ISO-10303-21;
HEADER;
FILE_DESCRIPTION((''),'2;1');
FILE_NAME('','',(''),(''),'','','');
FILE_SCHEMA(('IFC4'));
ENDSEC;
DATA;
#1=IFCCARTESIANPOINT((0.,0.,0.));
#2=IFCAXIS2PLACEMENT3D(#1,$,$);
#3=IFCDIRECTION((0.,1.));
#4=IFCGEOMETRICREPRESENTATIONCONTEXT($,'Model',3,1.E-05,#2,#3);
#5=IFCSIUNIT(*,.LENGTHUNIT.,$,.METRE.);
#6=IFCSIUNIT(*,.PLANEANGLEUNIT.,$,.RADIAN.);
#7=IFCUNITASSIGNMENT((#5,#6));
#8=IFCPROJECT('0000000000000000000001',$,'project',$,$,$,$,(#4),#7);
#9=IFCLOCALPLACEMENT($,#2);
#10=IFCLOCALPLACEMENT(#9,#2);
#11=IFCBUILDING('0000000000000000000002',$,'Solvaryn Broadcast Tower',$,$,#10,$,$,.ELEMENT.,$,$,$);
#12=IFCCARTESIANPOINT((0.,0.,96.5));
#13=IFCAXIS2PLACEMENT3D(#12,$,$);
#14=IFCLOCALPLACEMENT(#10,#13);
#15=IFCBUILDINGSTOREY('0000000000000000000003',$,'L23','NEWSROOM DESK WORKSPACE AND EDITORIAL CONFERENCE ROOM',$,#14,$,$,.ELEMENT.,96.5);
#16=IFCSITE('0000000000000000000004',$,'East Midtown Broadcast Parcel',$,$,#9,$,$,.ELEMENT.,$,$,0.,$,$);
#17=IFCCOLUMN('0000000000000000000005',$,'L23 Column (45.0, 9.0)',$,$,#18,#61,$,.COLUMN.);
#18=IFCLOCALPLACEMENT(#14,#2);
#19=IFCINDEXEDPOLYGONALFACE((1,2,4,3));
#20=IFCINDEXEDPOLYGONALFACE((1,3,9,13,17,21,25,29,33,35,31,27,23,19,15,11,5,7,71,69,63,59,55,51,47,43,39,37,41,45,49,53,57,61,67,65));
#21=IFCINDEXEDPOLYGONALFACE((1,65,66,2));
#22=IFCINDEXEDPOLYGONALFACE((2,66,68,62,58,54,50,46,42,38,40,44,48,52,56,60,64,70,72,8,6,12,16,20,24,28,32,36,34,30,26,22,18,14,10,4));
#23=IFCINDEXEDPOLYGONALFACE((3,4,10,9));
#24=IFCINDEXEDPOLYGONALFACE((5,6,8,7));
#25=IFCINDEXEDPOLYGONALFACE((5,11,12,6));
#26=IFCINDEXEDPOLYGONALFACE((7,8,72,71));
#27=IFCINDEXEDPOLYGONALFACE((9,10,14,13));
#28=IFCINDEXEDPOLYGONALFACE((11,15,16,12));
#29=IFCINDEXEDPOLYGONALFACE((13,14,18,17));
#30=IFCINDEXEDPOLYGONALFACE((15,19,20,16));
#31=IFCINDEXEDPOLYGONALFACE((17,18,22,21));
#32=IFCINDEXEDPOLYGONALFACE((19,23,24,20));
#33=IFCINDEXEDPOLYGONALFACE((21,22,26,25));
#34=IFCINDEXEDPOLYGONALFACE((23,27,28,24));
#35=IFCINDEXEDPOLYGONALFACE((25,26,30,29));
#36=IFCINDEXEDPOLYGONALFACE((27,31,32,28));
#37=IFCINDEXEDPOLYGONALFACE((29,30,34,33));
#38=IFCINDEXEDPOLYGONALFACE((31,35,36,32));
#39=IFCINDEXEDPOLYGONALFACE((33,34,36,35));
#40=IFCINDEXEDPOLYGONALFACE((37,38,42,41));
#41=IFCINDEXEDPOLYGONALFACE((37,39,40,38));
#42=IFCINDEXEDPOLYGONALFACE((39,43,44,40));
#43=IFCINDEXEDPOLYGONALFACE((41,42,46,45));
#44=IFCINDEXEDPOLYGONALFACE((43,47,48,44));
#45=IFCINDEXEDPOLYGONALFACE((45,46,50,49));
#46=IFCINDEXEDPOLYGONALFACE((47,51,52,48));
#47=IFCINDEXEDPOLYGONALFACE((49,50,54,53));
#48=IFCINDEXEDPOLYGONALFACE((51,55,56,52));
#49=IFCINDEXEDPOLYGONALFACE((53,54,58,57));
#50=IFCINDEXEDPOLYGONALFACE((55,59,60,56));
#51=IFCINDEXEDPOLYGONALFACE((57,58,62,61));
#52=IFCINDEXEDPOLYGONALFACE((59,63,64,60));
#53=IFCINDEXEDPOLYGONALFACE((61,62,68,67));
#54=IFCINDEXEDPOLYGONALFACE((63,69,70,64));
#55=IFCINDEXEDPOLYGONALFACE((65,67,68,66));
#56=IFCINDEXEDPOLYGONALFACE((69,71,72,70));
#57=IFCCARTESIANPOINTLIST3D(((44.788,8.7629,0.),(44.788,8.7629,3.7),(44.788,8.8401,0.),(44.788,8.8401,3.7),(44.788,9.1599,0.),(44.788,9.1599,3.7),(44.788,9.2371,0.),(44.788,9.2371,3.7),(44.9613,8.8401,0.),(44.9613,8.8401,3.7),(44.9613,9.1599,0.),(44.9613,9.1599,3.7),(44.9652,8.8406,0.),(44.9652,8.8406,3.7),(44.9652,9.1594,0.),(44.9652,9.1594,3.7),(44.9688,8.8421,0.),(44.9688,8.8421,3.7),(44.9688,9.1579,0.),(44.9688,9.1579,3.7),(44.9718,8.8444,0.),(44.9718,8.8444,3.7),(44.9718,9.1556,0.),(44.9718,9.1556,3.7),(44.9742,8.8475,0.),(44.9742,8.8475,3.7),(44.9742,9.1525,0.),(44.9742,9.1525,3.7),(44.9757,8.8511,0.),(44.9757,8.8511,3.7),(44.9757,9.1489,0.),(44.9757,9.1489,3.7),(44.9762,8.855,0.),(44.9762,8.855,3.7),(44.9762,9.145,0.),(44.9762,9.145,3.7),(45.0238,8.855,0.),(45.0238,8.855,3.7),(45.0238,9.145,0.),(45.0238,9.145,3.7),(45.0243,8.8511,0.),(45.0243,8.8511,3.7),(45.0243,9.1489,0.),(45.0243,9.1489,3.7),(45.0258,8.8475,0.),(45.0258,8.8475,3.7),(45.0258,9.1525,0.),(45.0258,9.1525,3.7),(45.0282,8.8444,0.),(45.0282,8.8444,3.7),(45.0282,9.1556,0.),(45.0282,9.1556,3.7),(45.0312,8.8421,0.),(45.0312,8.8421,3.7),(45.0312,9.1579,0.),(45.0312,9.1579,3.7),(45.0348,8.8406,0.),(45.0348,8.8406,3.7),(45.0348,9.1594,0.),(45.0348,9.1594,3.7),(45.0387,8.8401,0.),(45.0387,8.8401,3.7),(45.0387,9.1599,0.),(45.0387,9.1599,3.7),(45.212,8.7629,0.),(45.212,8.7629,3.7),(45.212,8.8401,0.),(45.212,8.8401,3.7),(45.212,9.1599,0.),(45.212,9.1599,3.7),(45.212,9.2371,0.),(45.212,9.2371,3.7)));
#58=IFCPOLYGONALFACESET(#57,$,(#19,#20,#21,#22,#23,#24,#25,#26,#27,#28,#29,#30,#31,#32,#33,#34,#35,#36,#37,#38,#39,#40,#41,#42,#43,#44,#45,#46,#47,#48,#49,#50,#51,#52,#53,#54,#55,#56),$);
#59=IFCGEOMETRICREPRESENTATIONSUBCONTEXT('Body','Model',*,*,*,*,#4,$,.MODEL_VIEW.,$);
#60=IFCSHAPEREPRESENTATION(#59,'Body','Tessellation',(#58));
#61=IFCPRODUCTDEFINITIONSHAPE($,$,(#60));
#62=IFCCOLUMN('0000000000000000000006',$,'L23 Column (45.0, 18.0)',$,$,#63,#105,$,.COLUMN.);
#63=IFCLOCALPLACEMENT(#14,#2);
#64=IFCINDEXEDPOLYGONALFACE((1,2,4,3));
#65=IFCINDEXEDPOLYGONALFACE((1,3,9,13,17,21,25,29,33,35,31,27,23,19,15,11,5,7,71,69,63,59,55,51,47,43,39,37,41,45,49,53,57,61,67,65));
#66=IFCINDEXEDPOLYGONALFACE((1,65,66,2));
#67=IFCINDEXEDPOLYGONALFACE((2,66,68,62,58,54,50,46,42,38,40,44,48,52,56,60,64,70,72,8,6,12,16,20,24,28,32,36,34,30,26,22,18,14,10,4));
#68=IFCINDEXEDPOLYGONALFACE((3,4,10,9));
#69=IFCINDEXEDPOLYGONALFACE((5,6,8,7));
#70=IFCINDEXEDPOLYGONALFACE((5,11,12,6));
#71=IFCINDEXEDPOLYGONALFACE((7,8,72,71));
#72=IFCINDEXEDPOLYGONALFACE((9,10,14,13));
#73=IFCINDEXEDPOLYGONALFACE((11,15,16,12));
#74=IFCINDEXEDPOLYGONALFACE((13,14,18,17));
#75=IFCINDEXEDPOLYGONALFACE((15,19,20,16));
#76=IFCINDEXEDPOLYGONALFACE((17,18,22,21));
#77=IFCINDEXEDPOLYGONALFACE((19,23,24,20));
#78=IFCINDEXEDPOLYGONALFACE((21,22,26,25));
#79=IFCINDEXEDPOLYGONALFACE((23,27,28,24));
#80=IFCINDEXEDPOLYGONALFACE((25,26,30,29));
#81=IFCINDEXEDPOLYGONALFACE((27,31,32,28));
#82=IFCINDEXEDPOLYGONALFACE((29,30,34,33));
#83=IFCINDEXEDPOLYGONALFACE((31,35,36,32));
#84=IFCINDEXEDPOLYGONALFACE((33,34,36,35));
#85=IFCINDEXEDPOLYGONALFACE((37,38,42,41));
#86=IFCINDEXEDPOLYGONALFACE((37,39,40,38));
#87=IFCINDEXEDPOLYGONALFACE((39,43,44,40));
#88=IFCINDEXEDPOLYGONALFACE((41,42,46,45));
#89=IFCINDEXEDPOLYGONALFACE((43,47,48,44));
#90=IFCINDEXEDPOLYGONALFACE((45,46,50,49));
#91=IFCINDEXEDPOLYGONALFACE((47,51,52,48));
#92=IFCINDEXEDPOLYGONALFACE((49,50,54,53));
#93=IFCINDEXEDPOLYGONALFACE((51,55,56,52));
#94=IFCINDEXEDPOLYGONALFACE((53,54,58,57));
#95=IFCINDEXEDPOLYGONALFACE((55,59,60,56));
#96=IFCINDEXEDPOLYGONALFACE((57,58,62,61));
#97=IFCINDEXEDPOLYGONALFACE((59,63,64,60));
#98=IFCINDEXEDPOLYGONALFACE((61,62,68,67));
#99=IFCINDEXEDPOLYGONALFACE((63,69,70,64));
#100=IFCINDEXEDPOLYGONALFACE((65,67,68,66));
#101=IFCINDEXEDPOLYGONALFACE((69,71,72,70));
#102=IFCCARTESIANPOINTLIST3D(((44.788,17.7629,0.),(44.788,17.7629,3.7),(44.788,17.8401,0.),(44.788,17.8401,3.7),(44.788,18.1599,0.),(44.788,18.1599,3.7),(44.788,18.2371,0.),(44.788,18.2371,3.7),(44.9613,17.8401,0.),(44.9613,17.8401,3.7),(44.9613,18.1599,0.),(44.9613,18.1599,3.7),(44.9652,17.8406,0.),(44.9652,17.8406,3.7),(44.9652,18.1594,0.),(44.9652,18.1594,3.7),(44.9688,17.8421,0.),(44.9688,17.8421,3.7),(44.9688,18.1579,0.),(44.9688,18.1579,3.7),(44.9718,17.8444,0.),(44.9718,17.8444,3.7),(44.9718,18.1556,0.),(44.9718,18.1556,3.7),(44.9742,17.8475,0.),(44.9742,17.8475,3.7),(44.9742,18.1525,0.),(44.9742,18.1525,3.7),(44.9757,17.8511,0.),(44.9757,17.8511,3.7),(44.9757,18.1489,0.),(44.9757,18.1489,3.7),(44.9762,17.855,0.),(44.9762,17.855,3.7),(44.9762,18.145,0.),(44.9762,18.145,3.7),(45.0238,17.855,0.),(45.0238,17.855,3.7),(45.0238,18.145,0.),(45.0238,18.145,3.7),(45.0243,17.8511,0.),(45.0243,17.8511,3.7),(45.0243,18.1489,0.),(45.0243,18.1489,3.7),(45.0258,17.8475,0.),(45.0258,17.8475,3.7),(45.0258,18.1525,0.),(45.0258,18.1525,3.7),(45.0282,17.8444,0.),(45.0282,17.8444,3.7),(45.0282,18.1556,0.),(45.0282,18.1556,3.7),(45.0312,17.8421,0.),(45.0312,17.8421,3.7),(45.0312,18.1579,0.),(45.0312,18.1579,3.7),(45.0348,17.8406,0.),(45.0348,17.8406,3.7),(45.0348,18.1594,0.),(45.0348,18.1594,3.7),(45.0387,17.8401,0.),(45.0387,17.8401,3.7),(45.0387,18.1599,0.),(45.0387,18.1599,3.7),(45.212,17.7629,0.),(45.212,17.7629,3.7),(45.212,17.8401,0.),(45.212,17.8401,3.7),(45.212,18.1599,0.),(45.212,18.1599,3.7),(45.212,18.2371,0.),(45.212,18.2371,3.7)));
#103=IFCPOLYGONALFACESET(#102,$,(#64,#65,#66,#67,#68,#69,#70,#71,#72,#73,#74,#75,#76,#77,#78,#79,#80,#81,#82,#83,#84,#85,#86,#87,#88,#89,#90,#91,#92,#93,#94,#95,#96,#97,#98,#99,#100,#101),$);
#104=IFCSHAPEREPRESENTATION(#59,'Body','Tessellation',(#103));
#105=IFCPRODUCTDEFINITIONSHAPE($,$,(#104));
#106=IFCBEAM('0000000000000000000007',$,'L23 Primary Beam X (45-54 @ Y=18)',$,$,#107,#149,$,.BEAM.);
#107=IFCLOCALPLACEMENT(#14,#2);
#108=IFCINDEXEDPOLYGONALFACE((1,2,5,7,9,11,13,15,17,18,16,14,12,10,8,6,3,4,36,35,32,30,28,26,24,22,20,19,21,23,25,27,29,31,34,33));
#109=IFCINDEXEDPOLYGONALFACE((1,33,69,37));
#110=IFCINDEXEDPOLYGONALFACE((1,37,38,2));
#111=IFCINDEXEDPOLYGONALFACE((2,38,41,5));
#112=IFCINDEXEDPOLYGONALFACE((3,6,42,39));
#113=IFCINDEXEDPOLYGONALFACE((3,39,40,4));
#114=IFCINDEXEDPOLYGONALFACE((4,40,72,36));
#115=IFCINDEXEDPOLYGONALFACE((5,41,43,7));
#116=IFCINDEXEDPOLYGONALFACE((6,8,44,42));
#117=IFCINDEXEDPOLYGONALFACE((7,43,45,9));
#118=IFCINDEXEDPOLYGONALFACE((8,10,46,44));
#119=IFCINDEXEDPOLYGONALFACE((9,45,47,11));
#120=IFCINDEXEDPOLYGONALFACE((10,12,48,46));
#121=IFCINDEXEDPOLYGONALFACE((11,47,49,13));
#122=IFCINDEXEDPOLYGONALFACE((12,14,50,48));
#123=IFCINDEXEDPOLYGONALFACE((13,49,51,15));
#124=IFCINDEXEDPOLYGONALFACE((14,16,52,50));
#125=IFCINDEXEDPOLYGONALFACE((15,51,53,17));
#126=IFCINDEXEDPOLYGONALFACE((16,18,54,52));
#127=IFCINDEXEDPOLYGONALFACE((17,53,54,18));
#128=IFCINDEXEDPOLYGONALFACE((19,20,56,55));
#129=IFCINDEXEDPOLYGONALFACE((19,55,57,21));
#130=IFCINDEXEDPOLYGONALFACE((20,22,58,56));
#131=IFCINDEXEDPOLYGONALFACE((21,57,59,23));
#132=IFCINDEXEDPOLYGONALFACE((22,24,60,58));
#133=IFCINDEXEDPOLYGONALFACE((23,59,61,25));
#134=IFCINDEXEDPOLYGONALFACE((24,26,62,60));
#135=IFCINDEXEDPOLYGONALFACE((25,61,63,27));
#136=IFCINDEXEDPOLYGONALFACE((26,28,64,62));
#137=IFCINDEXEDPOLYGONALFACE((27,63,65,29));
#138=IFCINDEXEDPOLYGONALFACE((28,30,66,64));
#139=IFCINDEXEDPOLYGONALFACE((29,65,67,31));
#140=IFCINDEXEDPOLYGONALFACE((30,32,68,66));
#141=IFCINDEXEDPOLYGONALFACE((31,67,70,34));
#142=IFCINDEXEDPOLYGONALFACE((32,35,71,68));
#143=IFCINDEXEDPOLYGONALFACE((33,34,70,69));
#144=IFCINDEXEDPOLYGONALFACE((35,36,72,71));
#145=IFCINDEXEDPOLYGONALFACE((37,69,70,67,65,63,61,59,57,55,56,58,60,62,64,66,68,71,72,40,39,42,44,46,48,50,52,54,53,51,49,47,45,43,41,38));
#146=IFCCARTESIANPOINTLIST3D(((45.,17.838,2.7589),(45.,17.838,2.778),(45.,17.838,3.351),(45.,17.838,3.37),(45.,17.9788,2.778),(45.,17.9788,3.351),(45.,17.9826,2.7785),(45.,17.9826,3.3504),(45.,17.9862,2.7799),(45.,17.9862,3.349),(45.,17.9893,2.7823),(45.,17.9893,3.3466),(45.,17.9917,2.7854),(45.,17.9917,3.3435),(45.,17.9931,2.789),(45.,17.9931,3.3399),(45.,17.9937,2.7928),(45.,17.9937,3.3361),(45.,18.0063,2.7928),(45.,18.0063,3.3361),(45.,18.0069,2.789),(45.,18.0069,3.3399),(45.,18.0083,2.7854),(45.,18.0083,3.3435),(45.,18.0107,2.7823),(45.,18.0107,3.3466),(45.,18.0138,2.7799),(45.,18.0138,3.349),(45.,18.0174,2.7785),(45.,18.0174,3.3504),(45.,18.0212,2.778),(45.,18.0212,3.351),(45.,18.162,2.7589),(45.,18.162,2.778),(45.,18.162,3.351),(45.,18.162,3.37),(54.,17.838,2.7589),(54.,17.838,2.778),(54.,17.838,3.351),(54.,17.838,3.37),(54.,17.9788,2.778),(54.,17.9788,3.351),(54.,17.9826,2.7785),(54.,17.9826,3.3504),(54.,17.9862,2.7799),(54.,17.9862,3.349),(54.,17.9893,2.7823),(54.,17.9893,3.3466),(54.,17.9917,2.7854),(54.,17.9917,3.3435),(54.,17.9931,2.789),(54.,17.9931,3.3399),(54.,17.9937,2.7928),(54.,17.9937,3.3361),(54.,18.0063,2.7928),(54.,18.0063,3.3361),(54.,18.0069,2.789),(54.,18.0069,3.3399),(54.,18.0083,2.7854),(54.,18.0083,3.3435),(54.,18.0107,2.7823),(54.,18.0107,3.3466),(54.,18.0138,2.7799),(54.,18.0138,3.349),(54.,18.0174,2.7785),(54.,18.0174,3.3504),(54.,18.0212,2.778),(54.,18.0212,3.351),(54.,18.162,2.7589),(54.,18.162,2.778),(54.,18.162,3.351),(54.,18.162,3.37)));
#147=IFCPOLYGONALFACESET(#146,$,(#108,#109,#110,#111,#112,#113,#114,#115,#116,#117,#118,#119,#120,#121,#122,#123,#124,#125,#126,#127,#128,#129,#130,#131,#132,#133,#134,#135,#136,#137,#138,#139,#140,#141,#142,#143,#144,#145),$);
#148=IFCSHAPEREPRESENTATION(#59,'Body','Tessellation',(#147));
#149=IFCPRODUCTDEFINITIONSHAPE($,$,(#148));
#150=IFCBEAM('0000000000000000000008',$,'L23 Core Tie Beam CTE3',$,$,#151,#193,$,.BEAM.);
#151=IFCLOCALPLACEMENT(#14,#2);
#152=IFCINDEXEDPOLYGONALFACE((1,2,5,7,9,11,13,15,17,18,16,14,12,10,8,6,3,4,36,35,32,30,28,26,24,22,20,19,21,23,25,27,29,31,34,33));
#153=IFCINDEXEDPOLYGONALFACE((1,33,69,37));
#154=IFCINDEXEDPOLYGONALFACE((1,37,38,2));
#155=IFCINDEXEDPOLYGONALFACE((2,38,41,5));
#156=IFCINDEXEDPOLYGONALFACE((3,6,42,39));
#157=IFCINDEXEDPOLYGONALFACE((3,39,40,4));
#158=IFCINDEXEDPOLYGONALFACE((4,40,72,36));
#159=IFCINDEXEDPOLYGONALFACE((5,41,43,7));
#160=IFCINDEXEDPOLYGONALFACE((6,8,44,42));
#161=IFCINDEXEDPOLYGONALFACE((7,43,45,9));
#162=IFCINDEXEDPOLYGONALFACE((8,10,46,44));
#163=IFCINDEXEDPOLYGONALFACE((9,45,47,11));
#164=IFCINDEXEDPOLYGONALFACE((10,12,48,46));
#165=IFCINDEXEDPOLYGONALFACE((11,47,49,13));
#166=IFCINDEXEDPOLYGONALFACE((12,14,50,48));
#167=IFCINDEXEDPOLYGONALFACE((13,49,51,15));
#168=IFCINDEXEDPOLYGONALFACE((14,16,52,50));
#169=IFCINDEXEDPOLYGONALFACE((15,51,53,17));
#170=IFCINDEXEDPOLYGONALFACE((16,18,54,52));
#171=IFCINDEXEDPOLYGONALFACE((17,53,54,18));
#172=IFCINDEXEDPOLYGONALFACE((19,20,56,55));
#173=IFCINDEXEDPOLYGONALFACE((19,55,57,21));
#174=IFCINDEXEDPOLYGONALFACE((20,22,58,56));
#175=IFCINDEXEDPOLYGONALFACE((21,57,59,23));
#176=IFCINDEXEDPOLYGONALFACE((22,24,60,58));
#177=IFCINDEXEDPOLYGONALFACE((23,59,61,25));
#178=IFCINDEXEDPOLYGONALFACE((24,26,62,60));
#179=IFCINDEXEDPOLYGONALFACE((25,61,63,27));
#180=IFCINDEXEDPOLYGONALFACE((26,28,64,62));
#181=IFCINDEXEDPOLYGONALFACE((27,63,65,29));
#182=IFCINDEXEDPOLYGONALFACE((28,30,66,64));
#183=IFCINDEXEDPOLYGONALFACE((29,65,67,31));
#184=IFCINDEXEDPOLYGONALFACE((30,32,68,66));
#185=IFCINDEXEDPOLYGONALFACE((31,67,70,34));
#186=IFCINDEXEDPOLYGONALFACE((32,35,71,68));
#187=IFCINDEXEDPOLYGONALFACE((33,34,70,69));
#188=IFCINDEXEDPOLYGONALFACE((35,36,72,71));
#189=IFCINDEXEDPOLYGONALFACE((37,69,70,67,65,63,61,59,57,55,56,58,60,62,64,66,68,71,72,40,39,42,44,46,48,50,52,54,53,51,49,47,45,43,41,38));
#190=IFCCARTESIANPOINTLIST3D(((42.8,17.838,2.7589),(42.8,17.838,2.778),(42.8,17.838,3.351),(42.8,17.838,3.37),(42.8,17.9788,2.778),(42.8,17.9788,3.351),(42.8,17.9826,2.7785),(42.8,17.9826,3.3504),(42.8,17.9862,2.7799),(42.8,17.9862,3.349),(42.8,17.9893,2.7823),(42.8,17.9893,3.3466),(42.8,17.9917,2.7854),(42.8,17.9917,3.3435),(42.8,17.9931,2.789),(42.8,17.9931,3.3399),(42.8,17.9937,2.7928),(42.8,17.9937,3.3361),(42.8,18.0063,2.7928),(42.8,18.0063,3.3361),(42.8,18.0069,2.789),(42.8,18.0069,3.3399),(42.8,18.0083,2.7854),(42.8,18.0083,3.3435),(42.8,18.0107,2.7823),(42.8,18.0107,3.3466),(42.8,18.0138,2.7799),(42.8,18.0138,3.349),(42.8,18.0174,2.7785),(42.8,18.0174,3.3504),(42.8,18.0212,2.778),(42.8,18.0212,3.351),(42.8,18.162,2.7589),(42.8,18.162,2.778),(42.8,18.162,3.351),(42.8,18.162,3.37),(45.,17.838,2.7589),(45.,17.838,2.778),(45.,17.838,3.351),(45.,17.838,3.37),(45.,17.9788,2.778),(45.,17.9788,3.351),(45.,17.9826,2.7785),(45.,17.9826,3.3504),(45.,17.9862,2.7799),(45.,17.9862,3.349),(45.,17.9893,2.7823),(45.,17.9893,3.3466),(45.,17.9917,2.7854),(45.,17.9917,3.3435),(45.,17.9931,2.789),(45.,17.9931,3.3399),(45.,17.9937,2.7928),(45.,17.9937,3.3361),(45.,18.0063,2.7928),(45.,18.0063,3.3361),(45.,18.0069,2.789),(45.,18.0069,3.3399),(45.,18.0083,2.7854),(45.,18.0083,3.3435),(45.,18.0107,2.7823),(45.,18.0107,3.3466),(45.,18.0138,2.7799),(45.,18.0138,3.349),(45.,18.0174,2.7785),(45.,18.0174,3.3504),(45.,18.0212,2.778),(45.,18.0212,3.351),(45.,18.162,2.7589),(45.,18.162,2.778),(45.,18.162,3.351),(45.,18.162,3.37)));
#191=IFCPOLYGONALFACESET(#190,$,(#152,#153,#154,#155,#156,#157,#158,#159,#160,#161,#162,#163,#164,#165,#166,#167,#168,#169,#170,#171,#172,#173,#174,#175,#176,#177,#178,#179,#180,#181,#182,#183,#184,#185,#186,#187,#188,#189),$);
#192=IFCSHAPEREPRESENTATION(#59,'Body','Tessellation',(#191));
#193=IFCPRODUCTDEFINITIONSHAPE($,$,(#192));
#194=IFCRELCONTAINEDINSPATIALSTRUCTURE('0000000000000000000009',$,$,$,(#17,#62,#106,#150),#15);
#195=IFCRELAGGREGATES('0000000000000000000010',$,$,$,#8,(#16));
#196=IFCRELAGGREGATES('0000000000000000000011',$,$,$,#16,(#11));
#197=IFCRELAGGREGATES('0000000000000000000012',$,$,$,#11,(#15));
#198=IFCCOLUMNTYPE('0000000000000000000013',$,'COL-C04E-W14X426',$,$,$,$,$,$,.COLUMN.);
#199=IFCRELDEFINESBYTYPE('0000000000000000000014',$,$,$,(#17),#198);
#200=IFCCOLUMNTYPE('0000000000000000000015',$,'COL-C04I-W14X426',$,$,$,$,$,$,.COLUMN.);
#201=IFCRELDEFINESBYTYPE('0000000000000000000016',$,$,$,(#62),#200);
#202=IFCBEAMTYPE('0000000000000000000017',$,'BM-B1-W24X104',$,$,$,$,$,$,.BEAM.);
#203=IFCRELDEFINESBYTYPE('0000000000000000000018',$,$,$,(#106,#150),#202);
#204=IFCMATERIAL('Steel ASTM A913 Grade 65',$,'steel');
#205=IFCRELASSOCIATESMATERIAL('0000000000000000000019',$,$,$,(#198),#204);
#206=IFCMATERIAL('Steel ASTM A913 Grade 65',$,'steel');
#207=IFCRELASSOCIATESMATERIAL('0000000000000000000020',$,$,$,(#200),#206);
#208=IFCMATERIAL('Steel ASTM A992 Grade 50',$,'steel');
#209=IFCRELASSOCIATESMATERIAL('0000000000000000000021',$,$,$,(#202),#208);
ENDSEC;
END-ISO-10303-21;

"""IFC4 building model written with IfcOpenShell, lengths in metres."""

from ifc_helpers import new_model, si_unit, direction, frame, origin, origin_2d, place, context, subcontext, project, spatial, i_section, extrude, material, material_profile, profile_set, type_object, element, save


model = new_model("IFC4")

# Units and contexts
model_context = context("Model", 3, precision=1e-05, world=origin(), true_north=direction((0.0, 1.0)))
body_context = subcontext(model_context, "Body", "Model", "MODEL_VIEW")
ifc_project = project(units=[si_unit("LENGTHUNIT", "METRE"), si_unit("PLANEANGLEUNIT", "RADIAN")], contexts=[model_context])

# Site, building, storey
site_placement = place(None, origin())
site = spatial("IfcSite", under=ifc_project, at=site_placement, Name="East Midtown Broadcast Parcel", CompositionType="ELEMENT", RefElevation=0.0)
building_placement = place(site_placement, origin())
building = spatial("IfcBuilding", under=site, at=building_placement, Name="Solvaryn Broadcast Tower", CompositionType="ELEMENT")
storey_placement = place(building_placement, frame((0.0, 0.0, 96.5)))
storey = spatial("IfcBuildingStorey", under=building, at=storey_placement, Name="L23", Description="NEWSROOM DESK WORKSPACE AND EDITORIAL CONFERENCE ROOM", CompositionType="ELEMENT", Elevation=96.5)

# Columns
ifc_material_1 = material(Name="Steel ASTM A913 Grade 65", Category="steel")
ifc_material_profile_1 = material_profile(ifc_material_1, i_section(OverallWidth=0.4241, OverallDepth=0.4741, WebThickness=0.0476, FlangeThickness=0.0771, FilletRadius=0.0149, at=origin_2d()))
ifc_profile_set_1 = profile_set([ifc_material_profile_1], Name="Steel ASTM A913 Grade 65")
column_type_1 = type_object("IfcColumnType", Name="COL-C04E-W14X426", PredefinedType="COLUMN", material=ifc_profile_set_1)
column_1_placement = place(storey_placement, frame((45.0, 9.0, 0.0), z_axis=(0.0, 0.0, 1.0), x_axis=(1.0, 0.0, 0.0)))
element("IfcColumn", 1, at=column_1_placement, inside=storey, type_object=column_type_1, Name="L23 Column (45.0, 9.0)", PredefinedType="COLUMN", context=body_context, shape_type="SweptSolid", body=[
    extrude(i_section(OverallWidth=0.4241, OverallDepth=0.4741, WebThickness=0.0476, FlangeThickness=0.0771, FilletRadius=0.0149, at=origin_2d()), origin(), (0.0, 0.0, 1.0), 3.7),
])
ifc_material_2 = material(Name="Steel ASTM A913 Grade 65", Category="steel")
ifc_material_profile_2 = material_profile(ifc_material_2, i_section(OverallWidth=0.4241, OverallDepth=0.4741, WebThickness=0.0476, FlangeThickness=0.0771, FilletRadius=0.0149, at=origin_2d()))
ifc_profile_set_2 = profile_set([ifc_material_profile_2], Name="Steel ASTM A913 Grade 65")
column_type_2 = type_object("IfcColumnType", Name="COL-C04I-W14X426", PredefinedType="COLUMN", material=ifc_profile_set_2)
column_2_placement = place(storey_placement, frame((45.0, 18.0, 0.0), z_axis=(0.0, 0.0, 1.0), x_axis=(1.0, 0.0, 0.0)))
element("IfcColumn", 2, at=column_2_placement, inside=storey, type_object=column_type_2, Name="L23 Column (45.0, 18.0)", PredefinedType="COLUMN", context=body_context, shape_type="SweptSolid", body=[
    extrude(i_section(OverallWidth=0.4241, OverallDepth=0.4741, WebThickness=0.0476, FlangeThickness=0.0771, FilletRadius=0.0149, at=origin_2d()), origin(), (0.0, 0.0, 1.0), 3.7),
])

# Beams
ifc_material_3 = material(Name="Steel ASTM A992 Grade 50", Category="steel")
ifc_material_profile_3 = material_profile(ifc_material_3, i_section(OverallWidth=0.324, OverallDepth=0.6111, WebThickness=0.0127, FlangeThickness=0.019, FilletRadius=0.0149, at=origin_2d()))
ifc_profile_set_3 = profile_set([ifc_material_profile_3], Name="Steel ASTM A992 Grade 50")
beam_type_1 = type_object("IfcBeamType", Name="BM-B1-W24X104", PredefinedType="BEAM", material=ifc_profile_set_3)
beam_1_placement = place(storey_placement, frame((45.0, 18.0, 3.0645), z_axis=(1.0, 0.0, 0.0), x_axis=(0.0, 1.0, 0.0)))
element("IfcBeam", 3, at=beam_1_placement, inside=storey, type_object=beam_type_1, Name="L23 Primary Beam X (45-54 @ Y=18)", PredefinedType="BEAM", context=body_context, shape_type="SweptSolid", body=[
    extrude(i_section(OverallWidth=0.324, OverallDepth=0.6111, WebThickness=0.0127, FlangeThickness=0.019, FilletRadius=0.0149, at=origin_2d()), origin(), (0.0, 0.0, 1.0), 9.0),
])
beam_2_placement = place(storey_placement, frame((42.8, 18.0, 3.0645), z_axis=(1.0, 0.0, 0.0), x_axis=(0.0, 1.0, 0.0)))
element("IfcBeam", 4, at=beam_2_placement, inside=storey, type_object=beam_type_1, Name="L23 Core Tie Beam CTE3", PredefinedType="BEAM", context=body_context, shape_type="SweptSolid", body=[
    extrude(i_section(OverallWidth=0.324, OverallDepth=0.6111, WebThickness=0.0127, FlangeThickness=0.019, FilletRadius=0.0149, at=origin_2d()), origin(), (0.0, 0.0, 1.0), 2.2),
])

save(model, "model.ifc")
